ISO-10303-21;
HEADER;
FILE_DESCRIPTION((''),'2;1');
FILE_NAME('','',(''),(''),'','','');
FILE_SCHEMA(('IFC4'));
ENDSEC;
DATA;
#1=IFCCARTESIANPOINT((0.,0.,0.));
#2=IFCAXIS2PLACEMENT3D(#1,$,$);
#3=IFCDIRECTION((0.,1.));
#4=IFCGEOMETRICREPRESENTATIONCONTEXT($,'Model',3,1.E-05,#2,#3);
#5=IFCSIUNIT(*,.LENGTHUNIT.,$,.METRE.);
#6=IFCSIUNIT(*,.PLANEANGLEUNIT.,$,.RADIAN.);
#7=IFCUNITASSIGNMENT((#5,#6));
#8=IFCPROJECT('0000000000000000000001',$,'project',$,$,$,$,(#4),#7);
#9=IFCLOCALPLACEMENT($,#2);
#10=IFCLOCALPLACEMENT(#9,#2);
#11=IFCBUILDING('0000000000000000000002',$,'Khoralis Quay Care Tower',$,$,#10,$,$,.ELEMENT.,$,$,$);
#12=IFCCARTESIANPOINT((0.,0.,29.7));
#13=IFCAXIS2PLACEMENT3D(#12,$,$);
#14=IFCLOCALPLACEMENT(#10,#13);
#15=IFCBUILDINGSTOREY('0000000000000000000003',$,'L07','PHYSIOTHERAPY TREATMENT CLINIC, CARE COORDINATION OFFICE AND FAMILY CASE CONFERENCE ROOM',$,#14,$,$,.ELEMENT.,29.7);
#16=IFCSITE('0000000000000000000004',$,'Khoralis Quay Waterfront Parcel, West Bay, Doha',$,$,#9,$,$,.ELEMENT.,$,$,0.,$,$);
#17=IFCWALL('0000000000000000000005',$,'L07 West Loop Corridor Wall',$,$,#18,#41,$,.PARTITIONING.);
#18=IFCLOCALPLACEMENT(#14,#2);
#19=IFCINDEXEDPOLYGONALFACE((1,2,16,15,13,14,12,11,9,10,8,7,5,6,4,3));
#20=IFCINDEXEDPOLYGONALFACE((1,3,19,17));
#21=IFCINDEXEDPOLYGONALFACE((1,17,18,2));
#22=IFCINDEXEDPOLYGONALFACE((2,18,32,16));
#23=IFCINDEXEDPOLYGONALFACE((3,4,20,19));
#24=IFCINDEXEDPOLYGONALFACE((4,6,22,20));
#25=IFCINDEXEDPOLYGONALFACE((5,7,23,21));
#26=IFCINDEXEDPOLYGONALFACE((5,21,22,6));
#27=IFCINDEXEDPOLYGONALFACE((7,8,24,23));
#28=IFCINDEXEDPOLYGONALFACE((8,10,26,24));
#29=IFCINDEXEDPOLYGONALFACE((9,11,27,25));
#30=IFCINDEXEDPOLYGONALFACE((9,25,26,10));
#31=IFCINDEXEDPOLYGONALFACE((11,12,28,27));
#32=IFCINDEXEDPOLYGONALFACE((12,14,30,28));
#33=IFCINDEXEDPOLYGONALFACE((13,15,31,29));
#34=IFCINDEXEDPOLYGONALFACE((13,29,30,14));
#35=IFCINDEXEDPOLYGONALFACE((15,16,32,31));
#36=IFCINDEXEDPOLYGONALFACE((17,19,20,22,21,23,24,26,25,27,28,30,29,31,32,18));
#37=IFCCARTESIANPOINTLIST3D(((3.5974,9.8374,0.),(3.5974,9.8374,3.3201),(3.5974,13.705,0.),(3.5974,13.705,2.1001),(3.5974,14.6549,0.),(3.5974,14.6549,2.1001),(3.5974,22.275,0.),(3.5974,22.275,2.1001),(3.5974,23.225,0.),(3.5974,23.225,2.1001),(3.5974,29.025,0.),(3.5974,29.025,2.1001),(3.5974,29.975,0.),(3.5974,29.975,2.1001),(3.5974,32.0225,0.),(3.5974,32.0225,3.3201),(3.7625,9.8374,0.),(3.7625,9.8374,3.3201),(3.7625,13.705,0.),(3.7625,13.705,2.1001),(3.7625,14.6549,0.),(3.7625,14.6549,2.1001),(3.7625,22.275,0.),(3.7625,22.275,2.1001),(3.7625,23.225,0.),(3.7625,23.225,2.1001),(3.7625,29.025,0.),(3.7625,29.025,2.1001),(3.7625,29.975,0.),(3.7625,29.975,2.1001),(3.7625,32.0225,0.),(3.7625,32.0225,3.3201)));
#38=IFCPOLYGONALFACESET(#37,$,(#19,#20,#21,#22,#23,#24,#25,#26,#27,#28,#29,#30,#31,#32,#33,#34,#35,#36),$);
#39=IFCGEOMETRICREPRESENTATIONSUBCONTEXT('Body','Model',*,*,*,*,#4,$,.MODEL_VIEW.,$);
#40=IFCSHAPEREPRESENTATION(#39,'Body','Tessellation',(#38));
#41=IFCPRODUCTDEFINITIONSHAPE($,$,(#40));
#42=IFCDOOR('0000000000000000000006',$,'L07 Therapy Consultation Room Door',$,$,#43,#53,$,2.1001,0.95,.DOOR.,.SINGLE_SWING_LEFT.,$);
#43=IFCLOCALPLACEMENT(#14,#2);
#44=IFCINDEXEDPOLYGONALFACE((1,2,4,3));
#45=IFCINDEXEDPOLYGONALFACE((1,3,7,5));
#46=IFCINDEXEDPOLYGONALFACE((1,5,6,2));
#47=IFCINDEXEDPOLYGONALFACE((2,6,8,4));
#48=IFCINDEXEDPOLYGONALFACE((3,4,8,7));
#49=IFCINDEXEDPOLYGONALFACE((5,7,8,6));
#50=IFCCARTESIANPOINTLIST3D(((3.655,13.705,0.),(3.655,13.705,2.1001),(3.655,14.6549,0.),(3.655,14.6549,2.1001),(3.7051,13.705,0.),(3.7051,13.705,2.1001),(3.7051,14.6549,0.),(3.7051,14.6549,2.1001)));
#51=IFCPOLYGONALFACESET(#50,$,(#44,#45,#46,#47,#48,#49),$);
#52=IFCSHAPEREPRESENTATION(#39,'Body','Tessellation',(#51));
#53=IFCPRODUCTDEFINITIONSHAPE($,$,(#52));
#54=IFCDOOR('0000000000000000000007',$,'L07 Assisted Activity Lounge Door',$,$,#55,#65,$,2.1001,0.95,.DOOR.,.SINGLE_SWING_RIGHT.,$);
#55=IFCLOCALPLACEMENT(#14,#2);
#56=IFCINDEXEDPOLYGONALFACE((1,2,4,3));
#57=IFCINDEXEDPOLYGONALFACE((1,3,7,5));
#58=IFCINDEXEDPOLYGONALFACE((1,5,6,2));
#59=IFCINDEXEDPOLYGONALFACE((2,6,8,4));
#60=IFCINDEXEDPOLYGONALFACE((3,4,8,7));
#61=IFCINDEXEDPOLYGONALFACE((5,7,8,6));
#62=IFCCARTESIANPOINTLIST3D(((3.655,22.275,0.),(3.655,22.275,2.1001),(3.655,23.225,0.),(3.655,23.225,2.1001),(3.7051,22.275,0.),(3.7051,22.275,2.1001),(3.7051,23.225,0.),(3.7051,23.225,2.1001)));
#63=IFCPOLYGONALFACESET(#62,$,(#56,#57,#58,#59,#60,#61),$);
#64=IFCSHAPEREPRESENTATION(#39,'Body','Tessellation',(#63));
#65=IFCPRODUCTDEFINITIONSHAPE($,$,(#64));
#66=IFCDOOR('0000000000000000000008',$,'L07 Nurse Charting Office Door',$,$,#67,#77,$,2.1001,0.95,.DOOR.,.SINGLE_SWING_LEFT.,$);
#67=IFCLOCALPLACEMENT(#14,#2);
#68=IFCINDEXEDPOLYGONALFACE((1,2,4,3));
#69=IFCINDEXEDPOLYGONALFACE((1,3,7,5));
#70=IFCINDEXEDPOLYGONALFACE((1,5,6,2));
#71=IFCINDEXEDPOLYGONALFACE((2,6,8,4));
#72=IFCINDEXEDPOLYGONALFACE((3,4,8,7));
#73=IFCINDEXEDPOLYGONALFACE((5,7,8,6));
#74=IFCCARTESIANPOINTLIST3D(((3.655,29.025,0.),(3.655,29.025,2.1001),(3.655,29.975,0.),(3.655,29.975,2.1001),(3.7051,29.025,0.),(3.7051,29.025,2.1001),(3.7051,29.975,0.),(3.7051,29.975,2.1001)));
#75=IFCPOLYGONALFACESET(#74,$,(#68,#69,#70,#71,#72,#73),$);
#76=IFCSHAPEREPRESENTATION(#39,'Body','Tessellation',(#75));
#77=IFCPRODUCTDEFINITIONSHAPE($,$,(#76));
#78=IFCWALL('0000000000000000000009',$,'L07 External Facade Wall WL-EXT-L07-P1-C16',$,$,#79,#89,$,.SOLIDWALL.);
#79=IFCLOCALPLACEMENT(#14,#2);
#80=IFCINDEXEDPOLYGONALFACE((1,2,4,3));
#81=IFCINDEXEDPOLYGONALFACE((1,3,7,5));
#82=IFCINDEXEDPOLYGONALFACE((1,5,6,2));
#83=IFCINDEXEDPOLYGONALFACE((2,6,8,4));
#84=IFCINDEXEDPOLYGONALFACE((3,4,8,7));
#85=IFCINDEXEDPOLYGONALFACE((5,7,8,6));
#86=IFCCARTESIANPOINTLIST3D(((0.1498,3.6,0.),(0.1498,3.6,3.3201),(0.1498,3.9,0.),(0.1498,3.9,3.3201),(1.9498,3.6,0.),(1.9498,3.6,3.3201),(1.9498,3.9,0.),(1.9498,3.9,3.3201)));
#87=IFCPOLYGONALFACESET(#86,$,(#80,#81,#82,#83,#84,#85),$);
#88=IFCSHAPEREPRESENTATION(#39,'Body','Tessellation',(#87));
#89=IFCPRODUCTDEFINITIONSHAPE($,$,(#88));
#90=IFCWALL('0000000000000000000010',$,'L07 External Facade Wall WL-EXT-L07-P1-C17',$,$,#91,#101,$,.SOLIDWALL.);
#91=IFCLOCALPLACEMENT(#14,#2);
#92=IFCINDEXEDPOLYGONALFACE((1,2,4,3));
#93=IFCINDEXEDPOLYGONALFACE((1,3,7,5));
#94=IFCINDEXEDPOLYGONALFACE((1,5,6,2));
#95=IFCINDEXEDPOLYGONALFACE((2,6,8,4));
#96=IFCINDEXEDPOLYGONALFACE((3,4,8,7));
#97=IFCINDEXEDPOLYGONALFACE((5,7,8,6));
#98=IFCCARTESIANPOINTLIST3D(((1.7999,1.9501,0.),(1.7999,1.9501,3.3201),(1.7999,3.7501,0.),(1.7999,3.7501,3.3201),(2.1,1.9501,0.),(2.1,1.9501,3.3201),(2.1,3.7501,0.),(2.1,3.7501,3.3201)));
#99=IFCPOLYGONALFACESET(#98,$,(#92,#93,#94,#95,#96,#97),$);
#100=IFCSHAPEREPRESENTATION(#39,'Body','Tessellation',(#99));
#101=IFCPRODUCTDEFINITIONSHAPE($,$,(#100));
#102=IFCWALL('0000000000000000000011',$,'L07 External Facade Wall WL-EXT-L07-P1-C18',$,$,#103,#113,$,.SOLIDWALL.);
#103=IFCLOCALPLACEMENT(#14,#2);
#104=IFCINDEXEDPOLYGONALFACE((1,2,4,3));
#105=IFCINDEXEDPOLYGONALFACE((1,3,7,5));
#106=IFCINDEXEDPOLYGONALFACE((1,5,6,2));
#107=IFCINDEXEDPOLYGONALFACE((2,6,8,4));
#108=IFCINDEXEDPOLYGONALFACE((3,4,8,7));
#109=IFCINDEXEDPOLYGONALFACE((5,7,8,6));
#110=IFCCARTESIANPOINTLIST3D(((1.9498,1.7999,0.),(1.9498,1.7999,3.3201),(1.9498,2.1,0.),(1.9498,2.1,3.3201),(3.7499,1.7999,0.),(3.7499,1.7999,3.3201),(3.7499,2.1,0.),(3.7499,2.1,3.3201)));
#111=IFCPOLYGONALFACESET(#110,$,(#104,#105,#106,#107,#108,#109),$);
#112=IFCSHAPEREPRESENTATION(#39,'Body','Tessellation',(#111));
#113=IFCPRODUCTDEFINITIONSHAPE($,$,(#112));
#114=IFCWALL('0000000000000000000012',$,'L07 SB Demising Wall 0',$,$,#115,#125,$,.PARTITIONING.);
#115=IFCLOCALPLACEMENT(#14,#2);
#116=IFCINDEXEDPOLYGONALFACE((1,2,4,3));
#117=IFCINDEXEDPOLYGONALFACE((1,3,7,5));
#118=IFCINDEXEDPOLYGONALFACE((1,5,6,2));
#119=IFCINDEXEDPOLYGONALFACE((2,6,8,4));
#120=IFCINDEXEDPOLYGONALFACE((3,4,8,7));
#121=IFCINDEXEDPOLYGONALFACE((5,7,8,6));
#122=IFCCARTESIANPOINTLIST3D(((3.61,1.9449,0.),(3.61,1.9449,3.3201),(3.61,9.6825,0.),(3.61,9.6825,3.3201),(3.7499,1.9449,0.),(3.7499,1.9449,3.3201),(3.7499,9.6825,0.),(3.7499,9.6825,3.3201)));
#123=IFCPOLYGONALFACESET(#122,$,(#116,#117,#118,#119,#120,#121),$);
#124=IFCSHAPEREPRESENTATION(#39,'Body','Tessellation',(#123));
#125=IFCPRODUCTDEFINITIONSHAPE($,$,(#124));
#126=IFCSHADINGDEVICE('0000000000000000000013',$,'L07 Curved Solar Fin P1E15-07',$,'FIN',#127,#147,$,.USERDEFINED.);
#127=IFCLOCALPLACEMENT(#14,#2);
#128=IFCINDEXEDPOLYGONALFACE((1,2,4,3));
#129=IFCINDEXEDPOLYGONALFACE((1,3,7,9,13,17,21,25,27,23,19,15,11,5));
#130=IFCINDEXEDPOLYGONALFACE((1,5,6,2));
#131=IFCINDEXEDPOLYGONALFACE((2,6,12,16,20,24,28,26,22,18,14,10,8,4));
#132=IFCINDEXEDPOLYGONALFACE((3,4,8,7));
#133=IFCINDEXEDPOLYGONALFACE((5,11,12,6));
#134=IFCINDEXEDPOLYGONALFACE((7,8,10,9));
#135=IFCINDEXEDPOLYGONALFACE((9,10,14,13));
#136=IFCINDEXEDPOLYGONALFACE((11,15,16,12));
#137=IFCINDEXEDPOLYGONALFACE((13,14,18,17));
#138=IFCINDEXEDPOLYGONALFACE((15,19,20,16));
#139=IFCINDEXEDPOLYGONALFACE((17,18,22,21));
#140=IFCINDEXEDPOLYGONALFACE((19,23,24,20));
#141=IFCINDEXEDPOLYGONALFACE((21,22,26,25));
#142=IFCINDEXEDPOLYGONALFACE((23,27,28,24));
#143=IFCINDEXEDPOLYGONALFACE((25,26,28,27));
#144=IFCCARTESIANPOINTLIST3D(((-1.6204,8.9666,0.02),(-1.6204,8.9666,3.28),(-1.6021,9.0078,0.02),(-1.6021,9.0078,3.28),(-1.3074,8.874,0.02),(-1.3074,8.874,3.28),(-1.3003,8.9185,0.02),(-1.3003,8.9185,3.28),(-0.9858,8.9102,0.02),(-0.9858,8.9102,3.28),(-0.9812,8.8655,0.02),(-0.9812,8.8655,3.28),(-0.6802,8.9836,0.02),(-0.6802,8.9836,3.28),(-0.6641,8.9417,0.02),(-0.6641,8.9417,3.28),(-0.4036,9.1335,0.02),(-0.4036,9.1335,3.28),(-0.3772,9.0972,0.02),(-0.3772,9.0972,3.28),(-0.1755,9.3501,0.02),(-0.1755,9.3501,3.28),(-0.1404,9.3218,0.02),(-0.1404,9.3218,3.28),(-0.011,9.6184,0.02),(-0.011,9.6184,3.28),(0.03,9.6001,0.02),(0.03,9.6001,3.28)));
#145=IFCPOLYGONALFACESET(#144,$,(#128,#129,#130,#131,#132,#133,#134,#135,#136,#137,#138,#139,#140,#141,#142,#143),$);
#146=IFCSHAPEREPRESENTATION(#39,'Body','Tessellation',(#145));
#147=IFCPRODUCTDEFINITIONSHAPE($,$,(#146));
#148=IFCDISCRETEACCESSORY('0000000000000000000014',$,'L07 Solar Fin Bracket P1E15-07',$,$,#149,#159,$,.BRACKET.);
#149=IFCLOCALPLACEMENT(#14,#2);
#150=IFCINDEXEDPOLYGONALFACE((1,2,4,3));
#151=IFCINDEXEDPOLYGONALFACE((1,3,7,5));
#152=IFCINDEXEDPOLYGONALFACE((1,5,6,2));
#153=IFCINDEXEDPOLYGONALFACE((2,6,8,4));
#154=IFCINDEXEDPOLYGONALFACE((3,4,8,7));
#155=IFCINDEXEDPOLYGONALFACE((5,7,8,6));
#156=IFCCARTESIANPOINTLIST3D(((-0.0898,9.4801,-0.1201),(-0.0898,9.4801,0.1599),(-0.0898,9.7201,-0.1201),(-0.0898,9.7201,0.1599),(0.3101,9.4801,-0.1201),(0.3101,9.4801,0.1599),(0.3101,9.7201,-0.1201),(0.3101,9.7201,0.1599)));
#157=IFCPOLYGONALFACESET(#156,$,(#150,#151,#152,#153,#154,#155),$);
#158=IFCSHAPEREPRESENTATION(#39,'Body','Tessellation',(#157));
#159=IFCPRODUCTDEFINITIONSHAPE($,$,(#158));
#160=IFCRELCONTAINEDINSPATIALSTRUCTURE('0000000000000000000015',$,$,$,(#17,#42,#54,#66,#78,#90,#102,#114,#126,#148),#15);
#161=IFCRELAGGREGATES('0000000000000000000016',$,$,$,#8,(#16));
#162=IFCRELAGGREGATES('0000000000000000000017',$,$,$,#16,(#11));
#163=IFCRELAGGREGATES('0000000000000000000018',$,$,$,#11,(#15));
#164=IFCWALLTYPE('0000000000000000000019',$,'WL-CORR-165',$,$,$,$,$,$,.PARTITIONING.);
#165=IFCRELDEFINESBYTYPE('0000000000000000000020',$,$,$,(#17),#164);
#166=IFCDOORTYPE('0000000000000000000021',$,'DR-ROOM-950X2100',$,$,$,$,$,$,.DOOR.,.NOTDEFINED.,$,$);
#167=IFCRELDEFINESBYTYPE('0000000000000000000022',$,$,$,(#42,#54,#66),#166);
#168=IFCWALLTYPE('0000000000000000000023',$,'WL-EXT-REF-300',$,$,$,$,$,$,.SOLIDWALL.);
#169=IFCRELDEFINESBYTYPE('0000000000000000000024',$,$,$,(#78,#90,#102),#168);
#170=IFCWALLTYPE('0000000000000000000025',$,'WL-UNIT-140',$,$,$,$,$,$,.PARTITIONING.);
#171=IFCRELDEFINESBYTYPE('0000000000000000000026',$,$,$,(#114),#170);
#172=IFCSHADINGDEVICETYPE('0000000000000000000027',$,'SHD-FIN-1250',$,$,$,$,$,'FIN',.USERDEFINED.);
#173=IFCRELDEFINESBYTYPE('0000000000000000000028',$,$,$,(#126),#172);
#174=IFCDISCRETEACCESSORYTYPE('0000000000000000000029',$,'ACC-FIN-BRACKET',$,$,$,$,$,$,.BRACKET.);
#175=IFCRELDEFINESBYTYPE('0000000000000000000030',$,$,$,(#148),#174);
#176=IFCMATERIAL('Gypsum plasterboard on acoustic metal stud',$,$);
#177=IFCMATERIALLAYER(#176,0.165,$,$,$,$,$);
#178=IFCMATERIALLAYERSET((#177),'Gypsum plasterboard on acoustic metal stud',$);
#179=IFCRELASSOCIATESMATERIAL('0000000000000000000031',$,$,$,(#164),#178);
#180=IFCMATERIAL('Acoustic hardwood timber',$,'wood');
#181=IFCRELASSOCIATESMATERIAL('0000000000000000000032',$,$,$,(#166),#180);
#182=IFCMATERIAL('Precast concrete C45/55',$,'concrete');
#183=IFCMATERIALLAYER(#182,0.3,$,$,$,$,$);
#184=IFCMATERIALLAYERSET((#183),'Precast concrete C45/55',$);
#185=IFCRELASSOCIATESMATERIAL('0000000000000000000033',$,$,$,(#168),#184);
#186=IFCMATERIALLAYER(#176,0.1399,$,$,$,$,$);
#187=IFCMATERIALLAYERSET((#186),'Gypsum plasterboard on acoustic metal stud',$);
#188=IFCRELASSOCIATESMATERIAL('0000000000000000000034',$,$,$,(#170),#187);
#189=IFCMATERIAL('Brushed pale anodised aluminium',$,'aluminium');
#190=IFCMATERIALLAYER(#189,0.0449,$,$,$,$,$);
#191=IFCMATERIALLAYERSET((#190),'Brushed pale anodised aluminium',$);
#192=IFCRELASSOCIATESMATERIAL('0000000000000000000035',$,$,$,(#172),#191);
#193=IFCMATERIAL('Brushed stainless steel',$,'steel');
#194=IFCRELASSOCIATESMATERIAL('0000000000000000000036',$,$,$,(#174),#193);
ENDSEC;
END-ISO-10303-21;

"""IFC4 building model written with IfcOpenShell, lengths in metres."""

from ifc_helpers import new_model, si_unit, direction, frame, frame_2d, origin, origin_2d, place, context, subcontext, project, spatial, polyline, rectangle, outline, extrude, source, transform, mapped, material, layer, layer_set, type_object, element, fill, save


model = new_model("IFC4")

# Units and contexts
model_context = context("Model", 3, precision=1e-05, world=origin(), true_north=direction((0.0, 1.0)))
body_context = subcontext(model_context, "Body", "Model", "MODEL_VIEW")
ifc_project = project(units=[si_unit("LENGTHUNIT", "METRE"), si_unit("PLANEANGLEUNIT", "RADIAN")], contexts=[model_context])

# Site, building, storey
site_placement = place(None, origin())
site = spatial("IfcSite", under=ifc_project, at=site_placement, Name="Khoralis Quay Waterfront Parcel, West Bay, Doha", CompositionType="ELEMENT", RefElevation=0.0)
building_placement = place(site_placement, origin())
building = spatial("IfcBuilding", under=site, at=building_placement, Name="Khoralis Quay Care Tower", CompositionType="ELEMENT")
storey_placement = place(building_placement, frame((0.0, 0.0, 29.7)))
storey = spatial("IfcBuildingStorey", under=building, at=storey_placement, Name="L07", Description="PHYSIOTHERAPY TREATMENT CLINIC, CARE COORDINATION OFFICE AND FAMILY CASE CONFERENCE ROOM", CompositionType="ELEMENT", Elevation=29.7)

# Shared definitions
ifc_material_1 = material(Name="Precast concrete C45/55", Category="concrete")

# Wall, openings, doors
ifc_material_2 = material(Name="Gypsum plasterboard on acoustic metal stud")
ifc_layer_1 = layer(ifc_material_2, 0.165)
ifc_layer_set_1 = layer_set([ifc_layer_1], Name="Gypsum plasterboard on acoustic metal stud")
wall_type_1 = type_object("IfcWallType", Name="WL-CORR-165", PredefinedType="PARTITIONING", material=ifc_layer_set_1)
ifc_material_3 = material(Name="Acoustic hardwood timber", Category="wood")
door_type_1 = type_object("IfcDoorType", Name="DR-ROOM-950X2100", OperationType="NOTDEFINED", PredefinedType="DOOR", material=ifc_material_3)
shared_shape_1 = source(origin(), body_context, "Body", "SweptSolid", [
    extrude(rectangle(XDim=0.95, YDim=2.1001, at=frame_2d((0.4751, 1.05))), frame((0.0, 0.0249, 0.0), z_axis=(0.0, -1.0, 0.0), x_axis=(1.0, 0.0, 0.0)), (0.0, 0.0, 1.0), 0.05),
])
wall_1_placement = place(storey_placement, frame((3.6799, 9.8374, 0.0), z_axis=(0.0, 0.0, 1.0), x_axis=(0.0, 1.0, 0.0)))
wall_1 = element("IfcWall", 1, at=wall_1_placement, inside=storey, type_object=wall_type_1, Name="L07 West Loop Corridor Wall", PredefinedType="PARTITIONING", context=body_context, shape_type="SweptSolid", body=[
    extrude(rectangle(XDim=22.1851, YDim=0.165, at=frame_2d((11.0925, 0.0))), origin(), (0.0, 0.0, 1.0), 3.3201),
])
opening_1_placement = place(wall_1_placement, frame((3.8674, 0.0, 0.0)))
opening_1 = element("IfcOpeningElement", 2, at=opening_1_placement, cuts=wall_1, PredefinedType="OPENING", context=body_context, shape_type="SweptSolid", body=[
    extrude(rectangle(XDim=0.95, YDim=2.1001, at=frame_2d((0.4751, 1.05))), frame((0.0, 0.0925, 0.0), z_axis=(0.0, -1.0, 0.0), x_axis=(1.0, 0.0, 0.0)), (0.0, 0.0, 1.0), 0.1851),
])
opening_2_placement = place(wall_1_placement, frame((12.4375, 0.0, 0.0)))
opening_2 = element("IfcOpeningElement", 3, at=opening_2_placement, cuts=wall_1, PredefinedType="OPENING", context=body_context, shape_type="SweptSolid", body=[
    extrude(rectangle(XDim=0.95, YDim=2.1001, at=frame_2d((0.4751, 1.05))), frame((0.0, 0.0925, 0.0), z_axis=(0.0, -1.0, 0.0), x_axis=(1.0, 0.0, 0.0)), (0.0, 0.0, 1.0), 0.1851),
])
opening_3_placement = place(wall_1_placement, frame((19.1875, 0.0, 0.0)))
opening_3 = element("IfcOpeningElement", 4, at=opening_3_placement, cuts=wall_1, PredefinedType="OPENING", context=body_context, shape_type="SweptSolid", body=[
    extrude(rectangle(XDim=0.95, YDim=2.1001, at=frame_2d((0.4751, 1.05))), frame((0.0, 0.0925, 0.0), z_axis=(0.0, -1.0, 0.0), x_axis=(1.0, 0.0, 0.0)), (0.0, 0.0, 1.0), 0.1851),
])
door_1_placement = place(opening_1_placement, origin())
door_1 = element("IfcDoor", 5, at=door_1_placement, inside=storey, type_object=door_type_1, Name="L07 Therapy Consultation Room Door", OperationType="SINGLE_SWING_LEFT", OverallHeight=2.1001, OverallWidth=0.95, PredefinedType="DOOR", context=body_context, shape_type="MappedRepresentation", body=[
    mapped(shared_shape_1, transform((0.0, 0.0, 0.0), scale=1.0)),
])
fill(opening_1, door_1)
door_2_placement = place(opening_2_placement, origin())
door_2 = element("IfcDoor", 6, at=door_2_placement, inside=storey, type_object=door_type_1, Name="L07 Assisted Activity Lounge Door", OperationType="SINGLE_SWING_RIGHT", OverallHeight=2.1001, OverallWidth=0.95, PredefinedType="DOOR", context=body_context, shape_type="MappedRepresentation", body=[
    mapped(shared_shape_1, transform((0.0, 0.0, 0.0), scale=1.0)),
])
fill(opening_2, door_2)
door_3_placement = place(opening_3_placement, origin())
door_3 = element("IfcDoor", 7, at=door_3_placement, inside=storey, type_object=door_type_1, Name="L07 Nurse Charting Office Door", OperationType="SINGLE_SWING_LEFT", OverallHeight=2.1001, OverallWidth=0.95, PredefinedType="DOOR", context=body_context, shape_type="MappedRepresentation", body=[
    mapped(shared_shape_1, transform((0.0, 0.0, 0.0), scale=1.0)),
])
fill(opening_3, door_3)

# Walls
ifc_layer_2 = layer(ifc_material_1, 0.3)
ifc_layer_set_2 = layer_set([ifc_layer_2], Name="Precast concrete C45/55")
wall_type_2 = type_object("IfcWallType", Name="WL-EXT-REF-300", PredefinedType="SOLIDWALL", material=ifc_layer_set_2)
for number, where, z_axis, x_axis, name in (
    (8, (0.1499, 3.75, 0.0), (0.0, 0.0, 1.0), (1.0, 0.0, 0.0), "L07 External Facade Wall WL-EXT-L07-P1-C16"),
    (9, (1.95, 3.75, 0.0), (0.0, 0.0, 1.0), (0.0, -1.0, 0.0), "L07 External Facade Wall WL-EXT-L07-P1-C17"),
    (10, (1.95, 1.95, 0.0), (0.0, 0.0, 1.0), (1.0, 0.0, 0.0), "L07 External Facade Wall WL-EXT-L07-P1-C18"),
):
    element("IfcWall", number, at=place(storey_placement, frame(where, z_axis=z_axis, x_axis=x_axis)), inside=storey, type_object=wall_type_2, Name=name, PredefinedType="SOLIDWALL", context=body_context, shape_type="SweptSolid", body=[
        extrude(rectangle(XDim=1.8, YDim=0.3, at=frame_2d((0.8999, 0.0))), origin(), (0.0, 0.0, 1.0), 3.3201),
    ])
ifc_layer_3 = layer(ifc_material_2, 0.1399)
ifc_layer_set_3 = layer_set([ifc_layer_3], Name="Gypsum plasterboard on acoustic metal stud")
wall_type_3 = type_object("IfcWallType", Name="WL-UNIT-140", PredefinedType="PARTITIONING", material=ifc_layer_set_3)
wall_2_placement = place(storey_placement, frame((3.6799, 1.9451, 0.0), z_axis=(0.0, 0.0, 1.0), x_axis=(0.0, 1.0, 0.0)))
element("IfcWall", 11, at=wall_2_placement, inside=storey, type_object=wall_type_3, Name="L07 SB Demising Wall 0", PredefinedType="PARTITIONING", context=body_context, shape_type="SweptSolid", body=[
    extrude(rectangle(XDim=7.7375, YDim=0.1399, at=frame_2d((3.8687, 0.0))), origin(), (0.0, 0.0, 1.0), 3.3201),
])

# Shading device
ifc_material_4 = material(Name="Brushed pale anodised aluminium", Category="aluminium")
ifc_layer_4 = layer(ifc_material_4, 0.0449)
ifc_layer_set_4 = layer_set([ifc_layer_4], Name="Brushed pale anodised aluminium")
shading_device_type = type_object("IfcShadingDeviceType", Name="SHD-FIN-1250", ElementType="FIN", PredefinedType="USERDEFINED", material=ifc_layer_set_4)
shared_shape_2 = source(origin(), body_context, "Body", "SweptSolid", [
    extrude(outline(polyline([(0.0, 0.0), (0.1704, 0.2783), (0.4072, 0.5029), (0.6941, 0.6584), (1.0112, 0.7346), (1.3374, 0.7261), (1.6504, 0.6335), (1.6321, 0.5923), (1.3303, 0.6816), (1.0159, 0.6899), (0.7102, 0.6165), (0.4336, 0.4666), (0.2056, 0.25), (0.041, -0.0183), (0.0, 0.0)])), origin(), (0.0, 0.0, 1.0), 3.26),
])
shading_device_placement = place(storey_placement, frame((0.03, 9.6001, 0.02), z_axis=(0.0, 0.0, 1.0), x_axis=(-1.0, 0.0, 0.0)))
element("IfcShadingDevice", 12, at=shading_device_placement, inside=storey, type_object=shading_device_type, Name="L07 Curved Solar Fin P1E15-07", ObjectType="FIN", PredefinedType="USERDEFINED", context=body_context, shape_type="MappedRepresentation", body=[
    mapped(shared_shape_2, transform((0.0, 0.0, 0.0), scale=1.0)),
])

# Discrete accessory
ifc_material_5 = material(Name="Brushed stainless steel", Category="steel")
discrete_accessory_type = type_object("IfcDiscreteAccessoryType", Name="ACC-FIN-BRACKET", PredefinedType="BRACKET", material=ifc_material_5)
shared_shape_3 = source(origin(), body_context, "Body", "SweptSolid", [
    extrude(rectangle(XDim=0.3999, YDim=0.24, at=origin_2d()), origin(), (0.0, 0.0, 1.0), 0.28),
])
discrete_accessory_placement = place(storey_placement, frame((0.1101, 9.6001, -0.1201), z_axis=(0.0, 0.0, 1.0), x_axis=(-1.0, 0.0, 0.0)))
element("IfcDiscreteAccessory", 13, at=discrete_accessory_placement, inside=storey, type_object=discrete_accessory_type, Name="L07 Solar Fin Bracket P1E15-07", PredefinedType="BRACKET", context=body_context, shape_type="MappedRepresentation", body=[
    mapped(shared_shape_3, transform((0.0, 0.0, 0.0), scale=1.0)),
])

save(model, "model.ifc")
